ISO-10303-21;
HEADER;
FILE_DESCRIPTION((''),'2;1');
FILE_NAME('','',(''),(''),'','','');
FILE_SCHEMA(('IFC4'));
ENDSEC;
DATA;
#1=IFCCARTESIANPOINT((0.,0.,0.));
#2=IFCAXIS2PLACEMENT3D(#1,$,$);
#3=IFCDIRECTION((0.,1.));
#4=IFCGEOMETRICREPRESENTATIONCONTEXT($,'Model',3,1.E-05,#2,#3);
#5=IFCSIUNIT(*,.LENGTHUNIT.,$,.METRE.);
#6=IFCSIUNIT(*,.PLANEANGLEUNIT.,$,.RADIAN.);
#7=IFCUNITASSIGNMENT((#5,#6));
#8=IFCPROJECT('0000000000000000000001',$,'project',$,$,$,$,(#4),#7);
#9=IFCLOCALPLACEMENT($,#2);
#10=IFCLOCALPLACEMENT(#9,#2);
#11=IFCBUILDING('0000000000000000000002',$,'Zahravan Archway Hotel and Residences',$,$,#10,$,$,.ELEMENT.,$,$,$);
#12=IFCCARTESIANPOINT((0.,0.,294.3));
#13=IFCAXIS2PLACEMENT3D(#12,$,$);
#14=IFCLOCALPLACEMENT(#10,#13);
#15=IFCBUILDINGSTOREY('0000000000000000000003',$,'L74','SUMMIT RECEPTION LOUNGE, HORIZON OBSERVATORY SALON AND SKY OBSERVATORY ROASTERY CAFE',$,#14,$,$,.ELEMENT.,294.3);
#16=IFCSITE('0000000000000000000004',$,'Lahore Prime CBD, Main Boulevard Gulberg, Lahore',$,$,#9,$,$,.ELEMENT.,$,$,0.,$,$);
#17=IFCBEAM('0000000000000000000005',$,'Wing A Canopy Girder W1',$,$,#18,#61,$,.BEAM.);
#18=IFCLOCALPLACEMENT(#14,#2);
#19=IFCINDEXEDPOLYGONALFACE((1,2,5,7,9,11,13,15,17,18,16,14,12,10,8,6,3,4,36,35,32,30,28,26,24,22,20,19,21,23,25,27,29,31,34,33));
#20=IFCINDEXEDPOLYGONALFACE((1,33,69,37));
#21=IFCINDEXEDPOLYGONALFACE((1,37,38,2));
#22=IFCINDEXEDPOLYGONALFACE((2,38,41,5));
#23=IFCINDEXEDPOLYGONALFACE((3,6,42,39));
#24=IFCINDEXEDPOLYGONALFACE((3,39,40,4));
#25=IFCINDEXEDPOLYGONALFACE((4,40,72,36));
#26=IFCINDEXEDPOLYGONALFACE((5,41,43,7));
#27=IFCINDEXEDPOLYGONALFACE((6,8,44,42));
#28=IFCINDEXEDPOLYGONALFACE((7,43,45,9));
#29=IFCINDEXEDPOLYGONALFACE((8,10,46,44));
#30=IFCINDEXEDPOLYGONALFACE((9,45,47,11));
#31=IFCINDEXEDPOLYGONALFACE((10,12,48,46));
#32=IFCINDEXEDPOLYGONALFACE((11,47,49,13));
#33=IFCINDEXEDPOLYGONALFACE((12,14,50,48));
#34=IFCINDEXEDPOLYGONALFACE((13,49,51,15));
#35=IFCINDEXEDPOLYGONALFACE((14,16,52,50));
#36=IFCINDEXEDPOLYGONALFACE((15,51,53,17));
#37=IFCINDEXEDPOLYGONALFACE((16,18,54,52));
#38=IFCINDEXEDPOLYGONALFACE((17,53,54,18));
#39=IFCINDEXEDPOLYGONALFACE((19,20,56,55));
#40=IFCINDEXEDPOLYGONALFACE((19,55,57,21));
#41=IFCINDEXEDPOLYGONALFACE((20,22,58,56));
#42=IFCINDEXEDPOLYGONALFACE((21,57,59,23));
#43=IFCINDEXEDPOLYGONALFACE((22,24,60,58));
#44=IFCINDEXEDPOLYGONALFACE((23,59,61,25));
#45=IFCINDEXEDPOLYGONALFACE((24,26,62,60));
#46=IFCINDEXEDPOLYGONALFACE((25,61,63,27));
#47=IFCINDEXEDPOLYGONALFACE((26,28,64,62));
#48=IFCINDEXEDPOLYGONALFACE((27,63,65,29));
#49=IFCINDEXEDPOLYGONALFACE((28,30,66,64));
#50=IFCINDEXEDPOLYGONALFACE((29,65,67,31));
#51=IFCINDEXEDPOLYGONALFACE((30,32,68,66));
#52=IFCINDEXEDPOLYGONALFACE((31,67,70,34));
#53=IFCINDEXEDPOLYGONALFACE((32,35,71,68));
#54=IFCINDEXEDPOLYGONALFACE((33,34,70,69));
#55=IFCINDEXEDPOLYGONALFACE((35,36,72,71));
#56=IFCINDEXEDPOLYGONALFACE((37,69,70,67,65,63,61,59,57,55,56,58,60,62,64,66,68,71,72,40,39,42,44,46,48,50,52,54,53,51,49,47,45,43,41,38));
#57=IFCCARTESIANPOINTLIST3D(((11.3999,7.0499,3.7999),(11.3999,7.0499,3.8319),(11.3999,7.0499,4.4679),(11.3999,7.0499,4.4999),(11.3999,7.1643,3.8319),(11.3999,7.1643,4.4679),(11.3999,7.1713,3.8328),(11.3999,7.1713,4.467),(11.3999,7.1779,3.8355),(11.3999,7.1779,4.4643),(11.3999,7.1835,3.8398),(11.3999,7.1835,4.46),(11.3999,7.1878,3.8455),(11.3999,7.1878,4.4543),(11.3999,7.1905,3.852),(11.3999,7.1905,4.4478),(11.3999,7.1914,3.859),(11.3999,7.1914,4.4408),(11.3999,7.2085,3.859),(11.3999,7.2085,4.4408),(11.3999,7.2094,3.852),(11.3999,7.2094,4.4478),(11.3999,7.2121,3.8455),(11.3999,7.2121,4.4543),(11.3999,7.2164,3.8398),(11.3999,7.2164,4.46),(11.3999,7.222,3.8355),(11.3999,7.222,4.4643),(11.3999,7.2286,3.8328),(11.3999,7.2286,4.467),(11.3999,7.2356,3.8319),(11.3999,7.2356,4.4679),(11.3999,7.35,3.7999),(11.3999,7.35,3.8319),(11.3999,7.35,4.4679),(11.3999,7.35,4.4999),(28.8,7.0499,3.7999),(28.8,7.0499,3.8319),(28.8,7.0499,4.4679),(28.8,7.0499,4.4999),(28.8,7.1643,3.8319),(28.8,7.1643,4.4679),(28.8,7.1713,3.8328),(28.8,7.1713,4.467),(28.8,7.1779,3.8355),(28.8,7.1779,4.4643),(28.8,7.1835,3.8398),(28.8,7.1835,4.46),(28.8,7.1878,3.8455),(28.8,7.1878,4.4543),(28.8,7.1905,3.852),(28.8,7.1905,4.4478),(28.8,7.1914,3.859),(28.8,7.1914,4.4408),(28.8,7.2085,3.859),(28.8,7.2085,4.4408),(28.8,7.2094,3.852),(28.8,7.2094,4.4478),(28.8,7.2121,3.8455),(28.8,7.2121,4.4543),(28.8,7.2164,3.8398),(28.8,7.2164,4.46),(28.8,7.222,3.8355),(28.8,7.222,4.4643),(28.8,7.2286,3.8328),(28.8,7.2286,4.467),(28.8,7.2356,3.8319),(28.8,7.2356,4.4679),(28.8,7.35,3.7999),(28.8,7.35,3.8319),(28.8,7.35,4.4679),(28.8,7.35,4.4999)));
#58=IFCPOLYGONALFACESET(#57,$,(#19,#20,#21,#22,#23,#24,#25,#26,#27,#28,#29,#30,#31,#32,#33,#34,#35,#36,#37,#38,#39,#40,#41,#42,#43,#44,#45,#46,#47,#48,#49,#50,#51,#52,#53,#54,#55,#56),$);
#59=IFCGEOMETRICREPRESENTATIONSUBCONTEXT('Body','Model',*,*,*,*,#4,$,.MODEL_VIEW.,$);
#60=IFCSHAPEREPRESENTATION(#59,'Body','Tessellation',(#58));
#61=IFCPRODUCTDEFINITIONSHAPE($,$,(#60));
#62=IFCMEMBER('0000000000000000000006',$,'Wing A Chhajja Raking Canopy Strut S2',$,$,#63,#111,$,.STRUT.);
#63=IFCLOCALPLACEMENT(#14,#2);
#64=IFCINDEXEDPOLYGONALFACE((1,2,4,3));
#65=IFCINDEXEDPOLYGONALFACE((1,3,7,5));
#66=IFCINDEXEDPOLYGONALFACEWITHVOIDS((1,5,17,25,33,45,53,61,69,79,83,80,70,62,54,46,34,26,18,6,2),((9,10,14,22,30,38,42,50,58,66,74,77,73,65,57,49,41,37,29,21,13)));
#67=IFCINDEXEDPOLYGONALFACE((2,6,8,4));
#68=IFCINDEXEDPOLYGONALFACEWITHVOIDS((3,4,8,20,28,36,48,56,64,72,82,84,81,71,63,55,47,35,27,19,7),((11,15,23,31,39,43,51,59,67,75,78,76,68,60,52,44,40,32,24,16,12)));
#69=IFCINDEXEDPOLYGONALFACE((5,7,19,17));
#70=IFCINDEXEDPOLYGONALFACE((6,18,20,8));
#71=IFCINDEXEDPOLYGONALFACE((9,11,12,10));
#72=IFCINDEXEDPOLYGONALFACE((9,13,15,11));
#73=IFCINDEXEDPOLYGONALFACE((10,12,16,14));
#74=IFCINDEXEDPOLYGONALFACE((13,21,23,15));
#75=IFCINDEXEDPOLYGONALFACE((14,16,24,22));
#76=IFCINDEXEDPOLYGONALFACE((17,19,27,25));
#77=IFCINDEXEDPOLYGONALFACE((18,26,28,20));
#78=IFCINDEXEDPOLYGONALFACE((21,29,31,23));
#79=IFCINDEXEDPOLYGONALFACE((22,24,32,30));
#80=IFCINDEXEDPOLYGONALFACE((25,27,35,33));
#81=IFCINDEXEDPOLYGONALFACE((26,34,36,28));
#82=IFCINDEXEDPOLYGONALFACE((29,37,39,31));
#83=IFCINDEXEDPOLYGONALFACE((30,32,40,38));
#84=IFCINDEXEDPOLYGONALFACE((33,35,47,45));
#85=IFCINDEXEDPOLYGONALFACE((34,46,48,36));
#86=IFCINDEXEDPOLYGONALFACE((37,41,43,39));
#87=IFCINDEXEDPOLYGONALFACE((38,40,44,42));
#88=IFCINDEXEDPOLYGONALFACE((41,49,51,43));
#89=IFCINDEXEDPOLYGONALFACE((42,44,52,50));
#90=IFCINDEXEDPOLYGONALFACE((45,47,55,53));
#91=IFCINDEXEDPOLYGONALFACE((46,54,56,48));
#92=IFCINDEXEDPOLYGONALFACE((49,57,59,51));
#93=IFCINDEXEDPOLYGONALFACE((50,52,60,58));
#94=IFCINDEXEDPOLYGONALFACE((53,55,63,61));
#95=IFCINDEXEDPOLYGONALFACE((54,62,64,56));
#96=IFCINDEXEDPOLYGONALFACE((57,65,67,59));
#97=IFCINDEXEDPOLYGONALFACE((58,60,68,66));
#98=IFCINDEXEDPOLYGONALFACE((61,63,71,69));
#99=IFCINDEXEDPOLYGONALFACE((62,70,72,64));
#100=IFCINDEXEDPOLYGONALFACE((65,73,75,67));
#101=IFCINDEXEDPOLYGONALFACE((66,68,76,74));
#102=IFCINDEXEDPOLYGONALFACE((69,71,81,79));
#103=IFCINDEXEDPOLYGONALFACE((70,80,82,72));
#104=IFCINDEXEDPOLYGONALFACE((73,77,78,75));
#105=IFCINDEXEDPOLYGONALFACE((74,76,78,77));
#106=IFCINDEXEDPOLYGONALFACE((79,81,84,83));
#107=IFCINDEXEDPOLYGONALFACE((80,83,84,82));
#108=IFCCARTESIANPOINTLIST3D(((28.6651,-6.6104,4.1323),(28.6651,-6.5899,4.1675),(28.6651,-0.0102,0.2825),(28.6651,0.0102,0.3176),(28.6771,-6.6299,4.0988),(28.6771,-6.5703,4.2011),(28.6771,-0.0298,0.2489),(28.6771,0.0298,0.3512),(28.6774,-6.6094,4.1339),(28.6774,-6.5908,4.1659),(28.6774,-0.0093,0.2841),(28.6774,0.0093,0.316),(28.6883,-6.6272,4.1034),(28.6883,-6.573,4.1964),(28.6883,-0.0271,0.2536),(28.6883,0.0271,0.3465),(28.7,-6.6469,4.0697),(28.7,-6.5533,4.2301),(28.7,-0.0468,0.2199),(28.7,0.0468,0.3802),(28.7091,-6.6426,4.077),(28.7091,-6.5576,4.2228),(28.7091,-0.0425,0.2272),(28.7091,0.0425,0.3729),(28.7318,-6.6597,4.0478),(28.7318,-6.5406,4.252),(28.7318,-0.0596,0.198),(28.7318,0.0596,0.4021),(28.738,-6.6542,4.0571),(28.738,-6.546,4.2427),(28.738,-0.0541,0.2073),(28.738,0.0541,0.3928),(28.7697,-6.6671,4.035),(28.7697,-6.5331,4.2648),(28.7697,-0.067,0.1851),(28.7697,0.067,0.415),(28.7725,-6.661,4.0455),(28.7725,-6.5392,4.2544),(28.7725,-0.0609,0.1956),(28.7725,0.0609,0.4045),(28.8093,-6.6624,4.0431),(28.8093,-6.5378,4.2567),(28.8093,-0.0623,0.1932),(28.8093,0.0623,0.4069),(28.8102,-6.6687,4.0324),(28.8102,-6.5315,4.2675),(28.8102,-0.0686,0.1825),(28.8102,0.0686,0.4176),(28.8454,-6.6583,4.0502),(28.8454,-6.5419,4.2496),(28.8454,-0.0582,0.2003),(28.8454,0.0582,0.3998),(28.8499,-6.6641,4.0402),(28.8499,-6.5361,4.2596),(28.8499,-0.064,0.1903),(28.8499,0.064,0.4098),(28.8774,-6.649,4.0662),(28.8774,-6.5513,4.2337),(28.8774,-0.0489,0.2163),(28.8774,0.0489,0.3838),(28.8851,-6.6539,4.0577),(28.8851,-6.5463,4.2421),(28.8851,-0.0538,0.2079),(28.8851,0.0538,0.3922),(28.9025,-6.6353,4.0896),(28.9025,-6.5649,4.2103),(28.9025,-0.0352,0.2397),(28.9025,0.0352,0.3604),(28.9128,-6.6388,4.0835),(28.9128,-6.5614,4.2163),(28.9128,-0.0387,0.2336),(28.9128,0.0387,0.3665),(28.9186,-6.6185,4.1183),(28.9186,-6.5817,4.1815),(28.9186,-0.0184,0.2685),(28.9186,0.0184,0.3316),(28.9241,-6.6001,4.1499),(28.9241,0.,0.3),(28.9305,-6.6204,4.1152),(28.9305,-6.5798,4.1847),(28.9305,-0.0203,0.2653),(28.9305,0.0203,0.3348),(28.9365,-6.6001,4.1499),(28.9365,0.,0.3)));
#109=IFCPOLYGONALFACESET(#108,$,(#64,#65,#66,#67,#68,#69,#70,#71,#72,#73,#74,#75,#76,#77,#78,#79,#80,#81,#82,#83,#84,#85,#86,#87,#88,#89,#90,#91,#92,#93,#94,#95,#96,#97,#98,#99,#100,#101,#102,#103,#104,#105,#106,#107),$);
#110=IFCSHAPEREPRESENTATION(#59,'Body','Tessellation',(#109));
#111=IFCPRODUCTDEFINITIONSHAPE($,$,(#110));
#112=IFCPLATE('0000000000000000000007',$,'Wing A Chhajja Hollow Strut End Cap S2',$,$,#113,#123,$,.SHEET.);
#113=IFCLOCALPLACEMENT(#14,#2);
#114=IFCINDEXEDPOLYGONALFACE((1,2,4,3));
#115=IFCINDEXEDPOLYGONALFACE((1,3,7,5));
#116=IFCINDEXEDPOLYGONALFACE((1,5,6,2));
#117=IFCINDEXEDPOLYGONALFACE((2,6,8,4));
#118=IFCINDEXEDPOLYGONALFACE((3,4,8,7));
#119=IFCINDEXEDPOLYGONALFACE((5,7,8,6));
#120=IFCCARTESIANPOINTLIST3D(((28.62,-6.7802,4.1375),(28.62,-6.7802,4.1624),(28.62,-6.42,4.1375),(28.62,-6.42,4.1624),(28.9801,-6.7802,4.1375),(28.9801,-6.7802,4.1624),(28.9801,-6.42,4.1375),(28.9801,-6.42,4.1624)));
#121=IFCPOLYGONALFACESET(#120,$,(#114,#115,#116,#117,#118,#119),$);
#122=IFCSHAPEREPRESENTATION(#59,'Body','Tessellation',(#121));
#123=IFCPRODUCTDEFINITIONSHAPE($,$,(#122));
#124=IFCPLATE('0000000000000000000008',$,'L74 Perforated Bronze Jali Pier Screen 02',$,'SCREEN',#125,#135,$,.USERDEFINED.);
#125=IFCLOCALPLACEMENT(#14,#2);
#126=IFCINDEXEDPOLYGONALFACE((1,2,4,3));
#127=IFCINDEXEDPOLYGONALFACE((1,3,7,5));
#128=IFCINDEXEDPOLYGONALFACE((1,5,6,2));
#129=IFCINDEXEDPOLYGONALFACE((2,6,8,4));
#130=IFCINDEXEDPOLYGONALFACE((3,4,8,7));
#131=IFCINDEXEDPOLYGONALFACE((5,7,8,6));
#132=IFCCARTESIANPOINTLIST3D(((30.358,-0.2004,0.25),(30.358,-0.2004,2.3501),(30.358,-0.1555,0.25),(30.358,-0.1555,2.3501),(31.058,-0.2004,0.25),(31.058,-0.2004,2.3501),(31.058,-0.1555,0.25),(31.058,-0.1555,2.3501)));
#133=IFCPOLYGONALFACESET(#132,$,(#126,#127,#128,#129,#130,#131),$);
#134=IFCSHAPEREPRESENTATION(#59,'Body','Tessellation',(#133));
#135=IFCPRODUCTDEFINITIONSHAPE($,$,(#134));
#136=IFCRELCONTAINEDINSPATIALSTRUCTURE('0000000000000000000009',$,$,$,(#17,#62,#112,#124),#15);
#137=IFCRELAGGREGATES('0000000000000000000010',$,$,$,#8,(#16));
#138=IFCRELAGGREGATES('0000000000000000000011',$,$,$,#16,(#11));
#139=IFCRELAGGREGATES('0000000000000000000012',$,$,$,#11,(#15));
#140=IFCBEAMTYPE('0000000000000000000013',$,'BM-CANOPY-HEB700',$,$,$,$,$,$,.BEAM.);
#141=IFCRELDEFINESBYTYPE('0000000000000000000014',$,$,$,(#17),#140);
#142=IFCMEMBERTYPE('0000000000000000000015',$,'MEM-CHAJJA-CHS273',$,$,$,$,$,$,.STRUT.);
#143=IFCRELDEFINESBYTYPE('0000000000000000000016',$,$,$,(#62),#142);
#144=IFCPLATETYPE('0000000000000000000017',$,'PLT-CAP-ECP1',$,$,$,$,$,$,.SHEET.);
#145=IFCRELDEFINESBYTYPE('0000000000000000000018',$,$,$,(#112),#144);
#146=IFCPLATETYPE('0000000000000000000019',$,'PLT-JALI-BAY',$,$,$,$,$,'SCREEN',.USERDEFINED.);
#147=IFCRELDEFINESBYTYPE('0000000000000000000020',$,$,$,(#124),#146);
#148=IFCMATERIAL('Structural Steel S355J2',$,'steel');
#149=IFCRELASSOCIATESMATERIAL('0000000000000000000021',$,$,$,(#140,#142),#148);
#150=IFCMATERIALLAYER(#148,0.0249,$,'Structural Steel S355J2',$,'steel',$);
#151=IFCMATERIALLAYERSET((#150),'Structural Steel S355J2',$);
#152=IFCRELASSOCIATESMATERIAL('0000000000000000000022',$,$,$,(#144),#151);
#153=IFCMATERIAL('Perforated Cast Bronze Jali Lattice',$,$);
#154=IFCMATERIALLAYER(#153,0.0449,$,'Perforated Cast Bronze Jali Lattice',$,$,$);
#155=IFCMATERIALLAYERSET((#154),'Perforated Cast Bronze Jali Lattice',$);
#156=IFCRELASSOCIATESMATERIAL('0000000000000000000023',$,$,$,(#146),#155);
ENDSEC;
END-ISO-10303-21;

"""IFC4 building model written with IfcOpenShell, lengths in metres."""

from ifc_helpers import new_model, si_unit, direction, frame, origin, origin_2d, place, context, subcontext, project, spatial, rectangle, hollow_circle, i_section, extrude, source, transform, mapped, material, layer, layer_set, material_profile, profile_set, type_object, type_shapes, element, save


model = new_model("IFC4")

# Units and contexts
model_context = context("Model", 3, precision=1e-05, world=origin(), true_north=direction((0.0, 1.0)))
body_context = subcontext(model_context, "Body", "Model", "MODEL_VIEW")
ifc_project = project(units=[si_unit("LENGTHUNIT", "METRE"), si_unit("PLANEANGLEUNIT", "RADIAN")], contexts=[model_context])

# Site, building, storey
site_placement = place(None, origin())
site = spatial("IfcSite", under=ifc_project, at=site_placement, Name="Lahore Prime CBD, Main Boulevard Gulberg, Lahore", CompositionType="ELEMENT", RefElevation=0.0)
building_placement = place(site_placement, origin())
building = spatial("IfcBuilding", under=site, at=building_placement, Name="Zahravan Archway Hotel and Residences", CompositionType="ELEMENT")
storey_placement = place(building_placement, frame((0.0, 0.0, 294.3)))
storey = spatial("IfcBuildingStorey", under=building, at=storey_placement, Name="L74", Description="SUMMIT RECEPTION LOUNGE, HORIZON OBSERVATORY SALON AND SKY OBSERVATORY ROASTERY CAFE", CompositionType="ELEMENT", Elevation=294.3)

# Beam
ifc_material_1 = material(Name="Structural Steel S355J2", Category="steel")
ifc_material_profile_1 = material_profile(ifc_material_1, i_section(OverallWidth=0.3, OverallDepth=0.7, WebThickness=0.0171, FlangeThickness=0.032, FilletRadius=0.0271, at=origin_2d()), Name="HEB 700", Category="steel")
ifc_profile_set_1 = profile_set([ifc_material_profile_1], Name="Structural Steel S355J2")
beam_type_1 = type_object("IfcBeamType", Name="BM-CANOPY-HEB700", PredefinedType="BEAM", material=ifc_profile_set_1)
shared_shape_1 = source(origin(), body_context, "Body", "SweptSolid", [
    extrude(i_section(OverallWidth=0.3, OverallDepth=0.7, WebThickness=0.0171, FlangeThickness=0.032, FilletRadius=0.0271, at=origin_2d()), origin(), (0.0, 0.0, 1.0), 17.4001),
])
beam_1_placement = place(storey_placement, frame((28.8, 7.2, 4.1499), z_axis=(-1.0, 0.0, 0.0), x_axis=(0.0, -1.0, 0.0)))
element("IfcBeam", 1, at=beam_1_placement, inside=storey, type_object=beam_type_1, Name="Wing A Canopy Girder W1", PredefinedType="BEAM", context=body_context, shape_type="MappedRepresentation", body=[
    mapped(shared_shape_1, transform((0.0, 0.0, 0.0), scale=1.0)),
])

# Member
ifc_material_profile_2 = material_profile(ifc_material_1, hollow_circle(Radius=0.1365, WallThickness=0.0125, at=origin_2d()), Name="CHS 273x12.5", Category="steel")
ifc_profile_set_2 = profile_set([ifc_material_profile_2], Name="Structural Steel S355J2")
member_type = type_object("IfcMemberType", Name="MEM-CHAJJA-CHS273", PredefinedType="STRUT", material=ifc_profile_set_2)
shared_shape_2 = source(origin(), body_context, "Body", "SweptSolid", [
    extrude(hollow_circle(Radius=0.1365, WallThickness=0.0125, at=origin_2d()), origin(), (0.0, 0.0, 1.0), 7.6409),
])
member_placement = place(storey_placement, frame((28.8, 0.0, 0.3), z_axis=(0.0, -0.86379, 0.503851), x_axis=(1.0, 0.0, 0.0)))
element("IfcMember", 2, at=member_placement, inside=storey, type_object=member_type, Name="Wing A Chhajja Raking Canopy Strut S2", PredefinedType="STRUT", context=body_context, shape_type="MappedRepresentation", body=[
    mapped(shared_shape_2, transform((0.0, 0.0, 0.0), scale=1.0)),
])

# Plates
ifc_layer_1 = layer(ifc_material_1, 0.0249, Name="Structural Steel S355J2", Category="steel")
ifc_layer_set_1 = layer_set([ifc_layer_1], Name="Structural Steel S355J2")
plate_type_1 = type_object("IfcPlateType", Name="PLT-CAP-ECP1", PredefinedType="SHEET", material=ifc_layer_set_1)
shared_shape_3 = source(origin(), body_context, "Body", "SweptSolid", [
    extrude(rectangle(XDim=0.3601, YDim=0.3601, at=origin_2d()), origin(), (0.0, 0.0, 1.0), 0.0249),
])
type_shapes(plate_type_1, [shared_shape_3])
plate_1_placement = place(storey_placement, frame((28.8, -6.6001, 4.1375), z_axis=(0.0, 0.0, 1.0), x_axis=(1.0, 0.0, 0.0)))
element("IfcPlate", 3, at=plate_1_placement, inside=storey, type_object=plate_type_1, Name="Wing A Chhajja Hollow Strut End Cap S2", PredefinedType="SHEET", context=body_context, shape_type="MappedRepresentation", body=[
    mapped(shared_shape_3, transform((0.0, 0.0, 0.0), scale=1.0)),
])
ifc_material_2 = material(Name="Perforated Cast Bronze Jali Lattice")
ifc_layer_2 = layer(ifc_material_2, 0.0449, Name="Perforated Cast Bronze Jali Lattice")
ifc_layer_set_2 = layer_set([ifc_layer_2], Name="Perforated Cast Bronze Jali Lattice")
plate_type_2 = type_object("IfcPlateType", Name="PLT-JALI-BAY", ElementType="SCREEN", PredefinedType="USERDEFINED", material=ifc_layer_set_2)
shared_shape_4 = source(origin(), body_context, "Body", "SweptSolid", [
    extrude(rectangle(XDim=0.7, YDim=0.0449, at=origin_2d()), origin(), (0.0, 0.0, 1.0), 2.1001),
])
type_shapes(plate_type_2, [shared_shape_4])
plate_2_placement = place(storey_placement, frame((30.708, -0.178, 0.25), z_axis=(0.0, 0.0, 1.0), x_axis=(1.0, 0.0, 0.0)))
element("IfcPlate", 4, at=plate_2_placement, inside=storey, type_object=plate_type_2, Name="L74 Perforated Bronze Jali Pier Screen 02", ObjectType="SCREEN", PredefinedType="USERDEFINED", context=body_context, shape_type="MappedRepresentation", body=[
    mapped(shared_shape_4, transform((0.0, 0.0, 0.0), scale=1.0)),
])

save(model, "model.ifc")
